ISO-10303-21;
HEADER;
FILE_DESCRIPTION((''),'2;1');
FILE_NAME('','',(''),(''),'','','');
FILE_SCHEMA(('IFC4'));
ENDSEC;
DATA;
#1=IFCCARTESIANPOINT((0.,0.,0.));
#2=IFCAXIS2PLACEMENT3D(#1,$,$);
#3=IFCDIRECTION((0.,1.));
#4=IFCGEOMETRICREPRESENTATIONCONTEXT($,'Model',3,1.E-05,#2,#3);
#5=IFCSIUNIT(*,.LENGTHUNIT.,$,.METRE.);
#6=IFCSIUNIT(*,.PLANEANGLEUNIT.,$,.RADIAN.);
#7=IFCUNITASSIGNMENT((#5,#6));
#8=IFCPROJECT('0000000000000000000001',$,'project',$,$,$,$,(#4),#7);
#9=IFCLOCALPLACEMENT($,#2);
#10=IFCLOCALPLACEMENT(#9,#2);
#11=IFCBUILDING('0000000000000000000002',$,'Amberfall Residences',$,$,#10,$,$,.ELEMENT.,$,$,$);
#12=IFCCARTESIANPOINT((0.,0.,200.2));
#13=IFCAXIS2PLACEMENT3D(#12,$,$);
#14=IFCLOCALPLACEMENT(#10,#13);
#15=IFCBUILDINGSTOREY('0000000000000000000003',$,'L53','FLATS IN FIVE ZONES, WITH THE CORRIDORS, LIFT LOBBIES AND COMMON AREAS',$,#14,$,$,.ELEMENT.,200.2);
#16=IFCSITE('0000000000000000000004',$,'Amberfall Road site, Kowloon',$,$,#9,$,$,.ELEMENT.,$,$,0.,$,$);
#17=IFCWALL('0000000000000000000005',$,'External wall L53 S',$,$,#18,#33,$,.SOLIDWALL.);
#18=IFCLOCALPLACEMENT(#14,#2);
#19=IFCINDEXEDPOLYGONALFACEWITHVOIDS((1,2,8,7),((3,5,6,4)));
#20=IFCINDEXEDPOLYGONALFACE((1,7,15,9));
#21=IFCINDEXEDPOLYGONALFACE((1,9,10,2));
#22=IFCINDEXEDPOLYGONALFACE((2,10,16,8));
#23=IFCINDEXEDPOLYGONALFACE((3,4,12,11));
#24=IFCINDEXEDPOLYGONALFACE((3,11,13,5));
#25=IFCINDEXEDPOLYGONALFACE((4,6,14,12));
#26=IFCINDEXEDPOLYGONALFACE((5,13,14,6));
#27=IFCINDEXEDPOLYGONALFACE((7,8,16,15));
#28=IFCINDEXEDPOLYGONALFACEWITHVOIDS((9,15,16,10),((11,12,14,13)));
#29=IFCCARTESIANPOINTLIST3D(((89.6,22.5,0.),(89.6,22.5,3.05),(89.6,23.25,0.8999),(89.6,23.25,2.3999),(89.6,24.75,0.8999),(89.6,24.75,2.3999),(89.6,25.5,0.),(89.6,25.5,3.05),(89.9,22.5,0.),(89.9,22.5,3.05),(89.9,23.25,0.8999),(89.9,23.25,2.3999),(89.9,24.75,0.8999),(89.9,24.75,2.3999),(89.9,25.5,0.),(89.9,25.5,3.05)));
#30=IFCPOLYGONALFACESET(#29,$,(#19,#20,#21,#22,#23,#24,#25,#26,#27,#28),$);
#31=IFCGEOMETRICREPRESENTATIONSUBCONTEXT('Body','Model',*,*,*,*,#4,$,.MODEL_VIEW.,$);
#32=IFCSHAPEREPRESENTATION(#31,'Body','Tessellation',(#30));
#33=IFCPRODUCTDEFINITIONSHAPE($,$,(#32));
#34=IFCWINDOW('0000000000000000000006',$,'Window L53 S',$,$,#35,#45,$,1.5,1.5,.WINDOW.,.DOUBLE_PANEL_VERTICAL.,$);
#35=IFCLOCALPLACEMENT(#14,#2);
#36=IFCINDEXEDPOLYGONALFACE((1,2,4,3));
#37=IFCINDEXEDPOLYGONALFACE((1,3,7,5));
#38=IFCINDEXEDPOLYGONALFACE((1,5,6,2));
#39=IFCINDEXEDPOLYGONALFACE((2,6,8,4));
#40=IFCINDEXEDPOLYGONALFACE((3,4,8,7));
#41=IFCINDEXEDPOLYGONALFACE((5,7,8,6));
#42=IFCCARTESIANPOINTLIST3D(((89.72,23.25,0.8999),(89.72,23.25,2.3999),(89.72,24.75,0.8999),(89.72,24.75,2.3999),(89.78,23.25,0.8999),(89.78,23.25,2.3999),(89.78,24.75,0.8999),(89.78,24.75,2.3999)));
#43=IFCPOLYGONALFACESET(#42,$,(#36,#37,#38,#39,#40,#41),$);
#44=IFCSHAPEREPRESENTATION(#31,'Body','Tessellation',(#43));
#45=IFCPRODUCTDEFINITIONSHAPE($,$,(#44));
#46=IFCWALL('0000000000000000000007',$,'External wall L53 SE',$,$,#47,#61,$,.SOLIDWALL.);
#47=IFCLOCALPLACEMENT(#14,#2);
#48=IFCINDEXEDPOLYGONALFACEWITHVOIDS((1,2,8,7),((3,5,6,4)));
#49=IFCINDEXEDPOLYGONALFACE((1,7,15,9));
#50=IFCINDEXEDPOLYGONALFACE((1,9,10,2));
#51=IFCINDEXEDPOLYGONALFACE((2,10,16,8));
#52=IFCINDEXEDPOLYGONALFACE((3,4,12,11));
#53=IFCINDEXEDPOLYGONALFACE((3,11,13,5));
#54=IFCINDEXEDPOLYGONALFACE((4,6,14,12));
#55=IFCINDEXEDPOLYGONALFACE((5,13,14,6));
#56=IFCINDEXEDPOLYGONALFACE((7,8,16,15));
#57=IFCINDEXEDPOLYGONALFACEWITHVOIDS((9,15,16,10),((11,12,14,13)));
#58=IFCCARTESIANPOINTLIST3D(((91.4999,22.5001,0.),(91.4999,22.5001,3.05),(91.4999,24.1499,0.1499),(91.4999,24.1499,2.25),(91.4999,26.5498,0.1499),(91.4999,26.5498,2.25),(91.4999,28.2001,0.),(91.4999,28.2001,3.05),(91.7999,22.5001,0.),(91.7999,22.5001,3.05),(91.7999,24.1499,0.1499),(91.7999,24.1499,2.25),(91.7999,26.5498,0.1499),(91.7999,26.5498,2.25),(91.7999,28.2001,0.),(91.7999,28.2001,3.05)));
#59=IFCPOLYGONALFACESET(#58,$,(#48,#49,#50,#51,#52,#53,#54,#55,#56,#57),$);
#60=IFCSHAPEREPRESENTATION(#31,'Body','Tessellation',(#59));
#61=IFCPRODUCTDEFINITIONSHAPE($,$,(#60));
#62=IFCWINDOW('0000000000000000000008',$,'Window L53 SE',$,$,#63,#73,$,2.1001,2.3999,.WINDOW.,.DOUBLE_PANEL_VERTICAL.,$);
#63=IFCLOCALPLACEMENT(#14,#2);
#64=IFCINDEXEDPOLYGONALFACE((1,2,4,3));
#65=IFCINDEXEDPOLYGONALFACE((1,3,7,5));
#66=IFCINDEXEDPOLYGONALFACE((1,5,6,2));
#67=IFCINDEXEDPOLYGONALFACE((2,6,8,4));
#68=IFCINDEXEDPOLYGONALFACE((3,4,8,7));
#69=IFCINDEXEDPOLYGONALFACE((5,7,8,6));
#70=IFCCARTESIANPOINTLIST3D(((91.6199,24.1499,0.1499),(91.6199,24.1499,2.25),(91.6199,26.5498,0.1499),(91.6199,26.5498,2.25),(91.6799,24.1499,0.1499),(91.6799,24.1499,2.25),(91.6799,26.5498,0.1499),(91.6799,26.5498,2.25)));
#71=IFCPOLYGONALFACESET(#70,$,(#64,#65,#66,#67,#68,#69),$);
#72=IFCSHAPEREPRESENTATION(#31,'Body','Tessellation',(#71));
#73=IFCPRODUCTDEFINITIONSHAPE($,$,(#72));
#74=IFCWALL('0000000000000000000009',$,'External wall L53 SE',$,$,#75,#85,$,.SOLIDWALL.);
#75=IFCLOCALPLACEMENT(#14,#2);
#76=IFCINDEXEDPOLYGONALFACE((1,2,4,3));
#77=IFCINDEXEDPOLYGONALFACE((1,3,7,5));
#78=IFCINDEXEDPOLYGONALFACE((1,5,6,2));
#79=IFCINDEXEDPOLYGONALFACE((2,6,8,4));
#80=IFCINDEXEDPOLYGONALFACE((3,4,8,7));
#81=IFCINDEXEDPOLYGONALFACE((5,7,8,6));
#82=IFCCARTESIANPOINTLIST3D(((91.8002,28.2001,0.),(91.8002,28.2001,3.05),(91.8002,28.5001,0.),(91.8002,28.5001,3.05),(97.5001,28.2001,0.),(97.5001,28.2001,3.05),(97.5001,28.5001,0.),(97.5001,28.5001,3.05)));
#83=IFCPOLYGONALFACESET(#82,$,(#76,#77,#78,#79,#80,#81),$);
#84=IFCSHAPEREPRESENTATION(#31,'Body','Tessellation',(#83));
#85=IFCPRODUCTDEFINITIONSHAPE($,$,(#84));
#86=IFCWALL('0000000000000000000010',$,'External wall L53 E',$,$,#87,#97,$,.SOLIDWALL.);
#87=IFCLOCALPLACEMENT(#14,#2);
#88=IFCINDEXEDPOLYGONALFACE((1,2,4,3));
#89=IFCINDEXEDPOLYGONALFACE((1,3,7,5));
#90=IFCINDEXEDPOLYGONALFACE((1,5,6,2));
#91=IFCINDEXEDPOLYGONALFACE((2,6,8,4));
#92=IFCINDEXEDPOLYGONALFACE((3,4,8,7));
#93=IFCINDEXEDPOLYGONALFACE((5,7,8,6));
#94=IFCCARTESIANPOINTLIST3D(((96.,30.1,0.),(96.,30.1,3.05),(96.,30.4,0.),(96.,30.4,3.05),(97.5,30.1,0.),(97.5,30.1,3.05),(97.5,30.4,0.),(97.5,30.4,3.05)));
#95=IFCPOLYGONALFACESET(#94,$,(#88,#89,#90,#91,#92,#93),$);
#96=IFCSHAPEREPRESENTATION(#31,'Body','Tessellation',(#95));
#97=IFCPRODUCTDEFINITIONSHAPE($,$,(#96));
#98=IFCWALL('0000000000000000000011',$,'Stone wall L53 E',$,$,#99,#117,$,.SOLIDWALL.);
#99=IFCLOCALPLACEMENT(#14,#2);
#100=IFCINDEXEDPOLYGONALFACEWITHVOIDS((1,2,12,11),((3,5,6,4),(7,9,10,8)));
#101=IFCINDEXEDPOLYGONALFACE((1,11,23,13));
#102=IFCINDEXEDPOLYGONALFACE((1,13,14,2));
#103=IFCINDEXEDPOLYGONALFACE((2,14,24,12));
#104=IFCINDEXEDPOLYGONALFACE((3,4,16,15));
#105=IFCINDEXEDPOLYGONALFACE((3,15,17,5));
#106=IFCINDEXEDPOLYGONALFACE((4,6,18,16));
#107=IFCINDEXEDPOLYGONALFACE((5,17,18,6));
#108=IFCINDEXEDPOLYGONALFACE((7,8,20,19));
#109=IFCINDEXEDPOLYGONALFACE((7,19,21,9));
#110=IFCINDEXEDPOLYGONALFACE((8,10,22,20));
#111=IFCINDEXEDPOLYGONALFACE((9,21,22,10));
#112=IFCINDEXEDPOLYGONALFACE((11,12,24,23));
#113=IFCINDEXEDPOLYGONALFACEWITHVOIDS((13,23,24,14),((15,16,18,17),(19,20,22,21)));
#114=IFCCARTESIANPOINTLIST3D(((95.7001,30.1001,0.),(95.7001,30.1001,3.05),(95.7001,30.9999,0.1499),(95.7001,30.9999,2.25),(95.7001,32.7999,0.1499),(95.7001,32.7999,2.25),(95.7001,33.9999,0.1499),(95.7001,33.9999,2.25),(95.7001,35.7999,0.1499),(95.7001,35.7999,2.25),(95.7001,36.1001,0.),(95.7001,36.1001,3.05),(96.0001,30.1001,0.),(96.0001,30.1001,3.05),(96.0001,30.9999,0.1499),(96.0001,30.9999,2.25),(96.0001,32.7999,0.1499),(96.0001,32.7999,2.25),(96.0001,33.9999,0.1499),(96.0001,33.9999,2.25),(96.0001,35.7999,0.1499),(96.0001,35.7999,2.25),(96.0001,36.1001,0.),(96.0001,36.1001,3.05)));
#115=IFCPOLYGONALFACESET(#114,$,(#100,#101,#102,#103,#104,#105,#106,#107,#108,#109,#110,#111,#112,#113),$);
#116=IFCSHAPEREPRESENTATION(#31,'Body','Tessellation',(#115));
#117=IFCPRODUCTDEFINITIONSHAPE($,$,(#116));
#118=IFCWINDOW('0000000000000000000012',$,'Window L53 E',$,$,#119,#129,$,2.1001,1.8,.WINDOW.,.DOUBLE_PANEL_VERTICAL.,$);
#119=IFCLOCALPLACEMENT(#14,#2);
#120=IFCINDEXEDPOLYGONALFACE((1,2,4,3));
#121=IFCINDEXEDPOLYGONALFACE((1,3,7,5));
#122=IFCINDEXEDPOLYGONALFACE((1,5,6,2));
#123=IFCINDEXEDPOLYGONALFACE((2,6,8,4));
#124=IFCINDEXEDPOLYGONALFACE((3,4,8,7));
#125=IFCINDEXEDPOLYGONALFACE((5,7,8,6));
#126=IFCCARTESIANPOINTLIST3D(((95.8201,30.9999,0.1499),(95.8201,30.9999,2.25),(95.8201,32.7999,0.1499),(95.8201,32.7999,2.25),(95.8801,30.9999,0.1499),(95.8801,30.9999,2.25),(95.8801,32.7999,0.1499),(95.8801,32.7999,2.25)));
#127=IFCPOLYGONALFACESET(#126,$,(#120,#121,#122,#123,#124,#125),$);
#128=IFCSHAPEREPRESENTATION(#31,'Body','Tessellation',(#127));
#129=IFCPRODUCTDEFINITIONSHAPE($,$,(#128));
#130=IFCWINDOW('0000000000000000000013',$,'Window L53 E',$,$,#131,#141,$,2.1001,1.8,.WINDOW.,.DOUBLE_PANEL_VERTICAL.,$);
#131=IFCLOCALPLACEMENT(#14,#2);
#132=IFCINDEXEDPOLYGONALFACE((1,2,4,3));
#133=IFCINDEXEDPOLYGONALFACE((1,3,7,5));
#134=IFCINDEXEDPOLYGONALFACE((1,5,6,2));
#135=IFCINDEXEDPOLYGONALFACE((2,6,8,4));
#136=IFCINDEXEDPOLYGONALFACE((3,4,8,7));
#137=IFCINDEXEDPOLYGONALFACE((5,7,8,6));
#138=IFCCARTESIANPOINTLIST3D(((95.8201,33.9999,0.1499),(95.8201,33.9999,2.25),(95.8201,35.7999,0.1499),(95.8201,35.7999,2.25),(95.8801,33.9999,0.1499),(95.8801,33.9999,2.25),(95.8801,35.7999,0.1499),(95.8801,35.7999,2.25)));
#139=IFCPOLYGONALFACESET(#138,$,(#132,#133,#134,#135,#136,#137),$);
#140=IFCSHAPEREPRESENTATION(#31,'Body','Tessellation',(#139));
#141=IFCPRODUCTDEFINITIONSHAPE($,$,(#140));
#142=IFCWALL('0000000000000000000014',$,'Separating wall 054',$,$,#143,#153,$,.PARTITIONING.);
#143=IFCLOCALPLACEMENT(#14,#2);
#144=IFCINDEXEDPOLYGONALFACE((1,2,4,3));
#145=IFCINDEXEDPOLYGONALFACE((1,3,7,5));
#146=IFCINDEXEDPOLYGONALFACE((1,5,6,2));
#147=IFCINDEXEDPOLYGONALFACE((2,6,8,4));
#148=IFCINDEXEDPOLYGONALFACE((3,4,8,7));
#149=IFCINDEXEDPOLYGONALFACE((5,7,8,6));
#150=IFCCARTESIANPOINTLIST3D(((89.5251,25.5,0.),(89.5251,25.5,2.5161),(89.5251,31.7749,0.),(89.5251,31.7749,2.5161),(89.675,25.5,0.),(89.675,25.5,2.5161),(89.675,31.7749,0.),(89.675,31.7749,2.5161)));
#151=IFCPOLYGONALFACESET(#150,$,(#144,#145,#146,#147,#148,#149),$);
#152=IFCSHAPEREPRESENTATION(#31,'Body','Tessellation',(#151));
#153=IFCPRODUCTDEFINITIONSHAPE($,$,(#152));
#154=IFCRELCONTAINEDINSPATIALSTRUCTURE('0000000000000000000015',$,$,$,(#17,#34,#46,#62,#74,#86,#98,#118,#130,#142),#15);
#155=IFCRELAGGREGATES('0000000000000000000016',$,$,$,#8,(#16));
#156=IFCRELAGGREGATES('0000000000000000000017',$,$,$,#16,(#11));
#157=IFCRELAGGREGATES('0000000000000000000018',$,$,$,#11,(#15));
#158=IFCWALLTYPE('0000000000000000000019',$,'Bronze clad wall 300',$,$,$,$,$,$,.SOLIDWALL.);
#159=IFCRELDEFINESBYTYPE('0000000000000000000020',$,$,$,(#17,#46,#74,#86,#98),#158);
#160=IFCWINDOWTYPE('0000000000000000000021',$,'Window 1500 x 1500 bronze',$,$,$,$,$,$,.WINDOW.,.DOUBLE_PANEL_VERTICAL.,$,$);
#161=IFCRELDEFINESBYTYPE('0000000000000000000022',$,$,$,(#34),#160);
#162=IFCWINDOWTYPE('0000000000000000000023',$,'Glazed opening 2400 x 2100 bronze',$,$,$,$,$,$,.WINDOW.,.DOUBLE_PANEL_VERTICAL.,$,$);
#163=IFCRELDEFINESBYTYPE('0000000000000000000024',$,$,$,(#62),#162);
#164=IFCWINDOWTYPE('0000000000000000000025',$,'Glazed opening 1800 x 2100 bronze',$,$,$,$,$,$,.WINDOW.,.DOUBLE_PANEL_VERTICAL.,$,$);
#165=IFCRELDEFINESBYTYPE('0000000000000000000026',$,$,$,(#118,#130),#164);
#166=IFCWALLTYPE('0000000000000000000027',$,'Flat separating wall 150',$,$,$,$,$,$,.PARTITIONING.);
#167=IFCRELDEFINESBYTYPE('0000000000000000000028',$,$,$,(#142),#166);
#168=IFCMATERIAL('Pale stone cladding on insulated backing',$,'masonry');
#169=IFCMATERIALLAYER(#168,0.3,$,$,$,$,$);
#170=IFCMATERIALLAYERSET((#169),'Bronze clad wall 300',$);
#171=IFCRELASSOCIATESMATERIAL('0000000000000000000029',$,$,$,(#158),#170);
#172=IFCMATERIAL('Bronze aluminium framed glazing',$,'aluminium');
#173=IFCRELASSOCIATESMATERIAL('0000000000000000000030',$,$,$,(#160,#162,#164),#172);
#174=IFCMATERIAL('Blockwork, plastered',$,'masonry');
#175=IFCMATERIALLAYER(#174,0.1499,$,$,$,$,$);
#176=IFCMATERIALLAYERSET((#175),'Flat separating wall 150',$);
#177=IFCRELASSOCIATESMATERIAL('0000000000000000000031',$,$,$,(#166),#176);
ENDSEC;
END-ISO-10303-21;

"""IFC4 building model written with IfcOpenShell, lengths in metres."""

from ifc_helpers import new_model, si_unit, direction, frame, frame_2d, origin, place, context, subcontext, project, spatial, rectangle, extrude, material, layer, layer_set, type_object, element, fill, save


model = new_model("IFC4")

# Units and contexts
model_context = context("Model", 3, precision=1e-05, world=origin(), true_north=direction((0.0, 1.0)))
body_context = subcontext(model_context, "Body", "Model", "MODEL_VIEW")
ifc_project = project(units=[si_unit("LENGTHUNIT", "METRE"), si_unit("PLANEANGLEUNIT", "RADIAN")], contexts=[model_context])

# Site, building, storey
site_placement = place(None, origin())
site = spatial("IfcSite", under=ifc_project, at=site_placement, Name="Amberfall Road site, Kowloon", CompositionType="ELEMENT", RefElevation=0.0)
building_placement = place(site_placement, origin())
building = spatial("IfcBuilding", under=site, at=building_placement, Name="Amberfall Residences", CompositionType="ELEMENT")
storey_placement = place(building_placement, frame((0.0, 0.0, 200.2)))
storey = spatial("IfcBuildingStorey", under=building, at=storey_placement, Name="L53", Description="FLATS IN FIVE ZONES, WITH THE CORRIDORS, LIFT LOBBIES AND COMMON AREAS", CompositionType="ELEMENT", Elevation=200.2)

# Walls, openings, windows
ifc_material_1 = material(Name="Pale stone cladding on insulated backing", Category="masonry")
ifc_layer_1 = layer(ifc_material_1, 0.3)
ifc_layer_set_1 = layer_set([ifc_layer_1], Name="Bronze clad wall 300")
wall_type_1 = type_object("IfcWallType", Name="Bronze clad wall 300", PredefinedType="SOLIDWALL", material=ifc_layer_set_1)
wall_1_placement = place(storey_placement, frame((89.75, 25.5, 0.0), z_axis=(0.0, 0.0, 1.0), x_axis=(0.0, -1.0, 0.0)))
wall_1 = element("IfcWall", 1, at=wall_1_placement, inside=storey, type_object=wall_type_1, Name="External wall L53 S", PredefinedType="SOLIDWALL", context=body_context, shape_type="SweptSolid", body=[
    extrude(rectangle(XDim=3.0, YDim=0.3, at=frame_2d((1.5, 0.0))), origin(), (0.0, 0.0, 1.0), 3.05),
])
opening_1_placement = place(wall_1_placement, frame((0.75, 0.0, 0.8999)))
opening_1 = element("IfcOpeningElement", 2, at=opening_1_placement, cuts=wall_1, PredefinedType="OPENING", context=body_context, shape_type="SweptSolid", body=[
    extrude(rectangle(XDim=1.5, YDim=1.5, at=frame_2d((0.75, 0.75))), frame((0.0, 0.1599, 0.0), z_axis=(0.0, -1.0, 0.0), x_axis=(1.0, 0.0, 0.0)), (0.0, 0.0, 1.0), 0.3201),
])
ifc_material_2 = material(Name="Bronze aluminium framed glazing", Category="aluminium")
window_type_1 = type_object("IfcWindowType", Name="Window 1500 x 1500 bronze", PartitioningType="DOUBLE_PANEL_VERTICAL", PredefinedType="WINDOW", material=ifc_material_2)
window_1_placement = place(opening_1_placement, origin())
window_1 = element("IfcWindow", 3, at=window_1_placement, inside=storey, type_object=window_type_1, Name="Window L53 S", OverallHeight=1.5, OverallWidth=1.5, PartitioningType="DOUBLE_PANEL_VERTICAL", PredefinedType="WINDOW", context=body_context, shape_type="SweptSolid", body=[
    extrude(rectangle(XDim=1.5, YDim=1.5, at=frame_2d((0.75, 0.75))), frame((0.0, 0.03, 0.0), z_axis=(0.0, -1.0, 0.0), x_axis=(1.0, 0.0, 0.0)), (0.0, 0.0, 1.0), 0.0601),
])
fill(opening_1, window_1)
wall_2_placement = place(storey_placement, frame((91.6499, 22.5, 0.0), z_axis=(0.0, 0.0, 1.0), x_axis=(0.0, 1.0, 0.0)))
wall_2 = element("IfcWall", 4, at=wall_2_placement, inside=storey, type_object=wall_type_1, Name="External wall L53 SE", PredefinedType="SOLIDWALL", context=body_context, shape_type="SweptSolid", body=[
    extrude(rectangle(XDim=5.7, YDim=0.3, at=frame_2d((2.8501, 0.0))), origin(), (0.0, 0.0, 1.0), 3.05),
])
opening_2_placement = place(wall_2_placement, frame((1.6499, 0.0, 0.1499)))
opening_2 = element("IfcOpeningElement", 5, at=opening_2_placement, cuts=wall_2, PredefinedType="OPENING", context=body_context, shape_type="SweptSolid", body=[
    extrude(rectangle(XDim=2.3999, YDim=2.1001, at=frame_2d((1.2, 1.05))), frame((0.0, 0.1599, 0.0), z_axis=(0.0, -1.0, 0.0), x_axis=(1.0, 0.0, 0.0)), (0.0, 0.0, 1.0), 0.3201),
])
window_type_2 = type_object("IfcWindowType", Name="Glazed opening 2400 x 2100 bronze", PartitioningType="DOUBLE_PANEL_VERTICAL", PredefinedType="WINDOW", material=ifc_material_2)
window_2_placement = place(opening_2_placement, origin())
window_2 = element("IfcWindow", 6, at=window_2_placement, inside=storey, type_object=window_type_2, Name="Window L53 SE", OverallHeight=2.1001, OverallWidth=2.3999, PartitioningType="DOUBLE_PANEL_VERTICAL", PredefinedType="WINDOW", context=body_context, shape_type="SweptSolid", body=[
    extrude(rectangle(XDim=2.3999, YDim=2.1001, at=frame_2d((1.2, 1.05))), frame((0.0, 0.03, 0.0), z_axis=(0.0, -1.0, 0.0), x_axis=(1.0, 0.0, 0.0)), (0.0, 0.0, 1.0), 0.0601),
])
fill(opening_2, window_2)

# Walls
wall_3_placement = place(storey_placement, frame((91.8, 28.3501, 0.0), z_axis=(0.0, 0.0, 1.0), x_axis=(1.0, 0.0, 0.0)))
element("IfcWall", 7, at=wall_3_placement, inside=storey, type_object=wall_type_1, Name="External wall L53 SE", PredefinedType="SOLIDWALL", context=body_context, shape_type="SweptSolid", body=[
    extrude(rectangle(XDim=5.7, YDim=0.3, at=frame_2d((2.8501, 0.0))), origin(), (0.0, 0.0, 1.0), 3.05),
])
wall_4_placement = place(storey_placement, frame((97.5, 30.25, 0.0), z_axis=(0.0, 0.0, 1.0), x_axis=(-1.0, 0.0, 0.0)))
element("IfcWall", 8, at=wall_4_placement, inside=storey, type_object=wall_type_1, Name="External wall L53 E", PredefinedType="SOLIDWALL", context=body_context, shape_type="SweptSolid", body=[
    extrude(rectangle(XDim=1.5, YDim=0.3, at=frame_2d((0.75, 0.0))), origin(), (0.0, 0.0, 1.0), 3.05),
])

# Wall, openings, windows
wall_5_placement = place(storey_placement, frame((95.8501, 30.1001, 0.0), z_axis=(0.0, 0.0, 1.0), x_axis=(0.0, 1.0, 0.0)))
wall_5 = element("IfcWall", 9, at=wall_5_placement, inside=storey, type_object=wall_type_1, Name="Stone wall L53 E", PredefinedType="SOLIDWALL", context=body_context, shape_type="SweptSolid", body=[
    extrude(rectangle(XDim=6.0, YDim=0.3, at=frame_2d((3.0, 0.0))), origin(), (0.0, 0.0, 1.0), 3.05),
])
opening_3_placement = place(wall_5_placement, frame((0.8999, 0.0, 0.1499)))
opening_3 = element("IfcOpeningElement", 10, at=opening_3_placement, cuts=wall_5, PredefinedType="OPENING", context=body_context, shape_type="SweptSolid", body=[
    extrude(rectangle(XDim=1.8, YDim=2.1001, at=frame_2d((0.8999, 1.05))), frame((0.0, 0.1599, 0.0), z_axis=(0.0, -1.0, 0.0), x_axis=(1.0, 0.0, 0.0)), (0.0, 0.0, 1.0), 0.3201),
])
opening_4_placement = place(wall_5_placement, frame((3.8999, 0.0, 0.1499)))
opening_4 = element("IfcOpeningElement", 11, at=opening_4_placement, cuts=wall_5, PredefinedType="OPENING", context=body_context, shape_type="SweptSolid", body=[
    extrude(rectangle(XDim=1.8, YDim=2.1001, at=frame_2d((0.8999, 1.05))), frame((0.0, 0.1599, 0.0), z_axis=(0.0, -1.0, 0.0), x_axis=(1.0, 0.0, 0.0)), (0.0, 0.0, 1.0), 0.3201),
])
window_type_3 = type_object("IfcWindowType", Name="Glazed opening 1800 x 2100 bronze", PartitioningType="DOUBLE_PANEL_VERTICAL", PredefinedType="WINDOW", material=ifc_material_2)
window_3_placement = place(opening_3_placement, origin())
window_3 = element("IfcWindow", 12, at=window_3_placement, inside=storey, type_object=window_type_3, Name="Window L53 E", OverallHeight=2.1001, OverallWidth=1.8, PartitioningType="DOUBLE_PANEL_VERTICAL", PredefinedType="WINDOW", context=body_context, shape_type="SweptSolid", body=[
    extrude(rectangle(XDim=1.8, YDim=2.1001, at=frame_2d((0.8999, 1.05))), frame((0.0, 0.03, 0.0), z_axis=(0.0, -1.0, 0.0), x_axis=(1.0, 0.0, 0.0)), (0.0, 0.0, 1.0), 0.0601),
])
fill(opening_3, window_3)
window_4_placement = place(opening_4_placement, origin())
window_4 = element("IfcWindow", 13, at=window_4_placement, inside=storey, type_object=window_type_3, Name="Window L53 E", OverallHeight=2.1001, OverallWidth=1.8, PartitioningType="DOUBLE_PANEL_VERTICAL", PredefinedType="WINDOW", context=body_context, shape_type="SweptSolid", body=[
    extrude(rectangle(XDim=1.8, YDim=2.1001, at=frame_2d((0.8999, 1.05))), frame((0.0, 0.03, 0.0), z_axis=(0.0, -1.0, 0.0), x_axis=(1.0, 0.0, 0.0)), (0.0, 0.0, 1.0), 0.0601),
])
fill(opening_4, window_4)

# Wall
ifc_material_3 = material(Name="Blockwork, plastered", Category="masonry")
ifc_layer_2 = layer(ifc_material_3, 0.1499)
ifc_layer_set_2 = layer_set([ifc_layer_2], Name="Flat separating wall 150")
wall_type_2 = type_object("IfcWallType", Name="Flat separating wall 150", PredefinedType="PARTITIONING", material=ifc_layer_set_2)
wall_6_placement = place(storey_placement, frame((89.6001, 25.5, 0.0), z_axis=(0.0, 0.0, 1.0), x_axis=(0.0, 1.0, 0.0)))
element("IfcWall", 14, at=wall_6_placement, inside=storey, type_object=wall_type_2, Name="Separating wall 054", PredefinedType="PARTITIONING", context=body_context, shape_type="SweptSolid", body=[
    extrude(rectangle(XDim=6.2749, YDim=0.1499, at=frame_2d((3.1375, 0.0))), origin(), (0.0, 0.0, 1.0), 2.5161),
])

save(model, "model.ifc")
